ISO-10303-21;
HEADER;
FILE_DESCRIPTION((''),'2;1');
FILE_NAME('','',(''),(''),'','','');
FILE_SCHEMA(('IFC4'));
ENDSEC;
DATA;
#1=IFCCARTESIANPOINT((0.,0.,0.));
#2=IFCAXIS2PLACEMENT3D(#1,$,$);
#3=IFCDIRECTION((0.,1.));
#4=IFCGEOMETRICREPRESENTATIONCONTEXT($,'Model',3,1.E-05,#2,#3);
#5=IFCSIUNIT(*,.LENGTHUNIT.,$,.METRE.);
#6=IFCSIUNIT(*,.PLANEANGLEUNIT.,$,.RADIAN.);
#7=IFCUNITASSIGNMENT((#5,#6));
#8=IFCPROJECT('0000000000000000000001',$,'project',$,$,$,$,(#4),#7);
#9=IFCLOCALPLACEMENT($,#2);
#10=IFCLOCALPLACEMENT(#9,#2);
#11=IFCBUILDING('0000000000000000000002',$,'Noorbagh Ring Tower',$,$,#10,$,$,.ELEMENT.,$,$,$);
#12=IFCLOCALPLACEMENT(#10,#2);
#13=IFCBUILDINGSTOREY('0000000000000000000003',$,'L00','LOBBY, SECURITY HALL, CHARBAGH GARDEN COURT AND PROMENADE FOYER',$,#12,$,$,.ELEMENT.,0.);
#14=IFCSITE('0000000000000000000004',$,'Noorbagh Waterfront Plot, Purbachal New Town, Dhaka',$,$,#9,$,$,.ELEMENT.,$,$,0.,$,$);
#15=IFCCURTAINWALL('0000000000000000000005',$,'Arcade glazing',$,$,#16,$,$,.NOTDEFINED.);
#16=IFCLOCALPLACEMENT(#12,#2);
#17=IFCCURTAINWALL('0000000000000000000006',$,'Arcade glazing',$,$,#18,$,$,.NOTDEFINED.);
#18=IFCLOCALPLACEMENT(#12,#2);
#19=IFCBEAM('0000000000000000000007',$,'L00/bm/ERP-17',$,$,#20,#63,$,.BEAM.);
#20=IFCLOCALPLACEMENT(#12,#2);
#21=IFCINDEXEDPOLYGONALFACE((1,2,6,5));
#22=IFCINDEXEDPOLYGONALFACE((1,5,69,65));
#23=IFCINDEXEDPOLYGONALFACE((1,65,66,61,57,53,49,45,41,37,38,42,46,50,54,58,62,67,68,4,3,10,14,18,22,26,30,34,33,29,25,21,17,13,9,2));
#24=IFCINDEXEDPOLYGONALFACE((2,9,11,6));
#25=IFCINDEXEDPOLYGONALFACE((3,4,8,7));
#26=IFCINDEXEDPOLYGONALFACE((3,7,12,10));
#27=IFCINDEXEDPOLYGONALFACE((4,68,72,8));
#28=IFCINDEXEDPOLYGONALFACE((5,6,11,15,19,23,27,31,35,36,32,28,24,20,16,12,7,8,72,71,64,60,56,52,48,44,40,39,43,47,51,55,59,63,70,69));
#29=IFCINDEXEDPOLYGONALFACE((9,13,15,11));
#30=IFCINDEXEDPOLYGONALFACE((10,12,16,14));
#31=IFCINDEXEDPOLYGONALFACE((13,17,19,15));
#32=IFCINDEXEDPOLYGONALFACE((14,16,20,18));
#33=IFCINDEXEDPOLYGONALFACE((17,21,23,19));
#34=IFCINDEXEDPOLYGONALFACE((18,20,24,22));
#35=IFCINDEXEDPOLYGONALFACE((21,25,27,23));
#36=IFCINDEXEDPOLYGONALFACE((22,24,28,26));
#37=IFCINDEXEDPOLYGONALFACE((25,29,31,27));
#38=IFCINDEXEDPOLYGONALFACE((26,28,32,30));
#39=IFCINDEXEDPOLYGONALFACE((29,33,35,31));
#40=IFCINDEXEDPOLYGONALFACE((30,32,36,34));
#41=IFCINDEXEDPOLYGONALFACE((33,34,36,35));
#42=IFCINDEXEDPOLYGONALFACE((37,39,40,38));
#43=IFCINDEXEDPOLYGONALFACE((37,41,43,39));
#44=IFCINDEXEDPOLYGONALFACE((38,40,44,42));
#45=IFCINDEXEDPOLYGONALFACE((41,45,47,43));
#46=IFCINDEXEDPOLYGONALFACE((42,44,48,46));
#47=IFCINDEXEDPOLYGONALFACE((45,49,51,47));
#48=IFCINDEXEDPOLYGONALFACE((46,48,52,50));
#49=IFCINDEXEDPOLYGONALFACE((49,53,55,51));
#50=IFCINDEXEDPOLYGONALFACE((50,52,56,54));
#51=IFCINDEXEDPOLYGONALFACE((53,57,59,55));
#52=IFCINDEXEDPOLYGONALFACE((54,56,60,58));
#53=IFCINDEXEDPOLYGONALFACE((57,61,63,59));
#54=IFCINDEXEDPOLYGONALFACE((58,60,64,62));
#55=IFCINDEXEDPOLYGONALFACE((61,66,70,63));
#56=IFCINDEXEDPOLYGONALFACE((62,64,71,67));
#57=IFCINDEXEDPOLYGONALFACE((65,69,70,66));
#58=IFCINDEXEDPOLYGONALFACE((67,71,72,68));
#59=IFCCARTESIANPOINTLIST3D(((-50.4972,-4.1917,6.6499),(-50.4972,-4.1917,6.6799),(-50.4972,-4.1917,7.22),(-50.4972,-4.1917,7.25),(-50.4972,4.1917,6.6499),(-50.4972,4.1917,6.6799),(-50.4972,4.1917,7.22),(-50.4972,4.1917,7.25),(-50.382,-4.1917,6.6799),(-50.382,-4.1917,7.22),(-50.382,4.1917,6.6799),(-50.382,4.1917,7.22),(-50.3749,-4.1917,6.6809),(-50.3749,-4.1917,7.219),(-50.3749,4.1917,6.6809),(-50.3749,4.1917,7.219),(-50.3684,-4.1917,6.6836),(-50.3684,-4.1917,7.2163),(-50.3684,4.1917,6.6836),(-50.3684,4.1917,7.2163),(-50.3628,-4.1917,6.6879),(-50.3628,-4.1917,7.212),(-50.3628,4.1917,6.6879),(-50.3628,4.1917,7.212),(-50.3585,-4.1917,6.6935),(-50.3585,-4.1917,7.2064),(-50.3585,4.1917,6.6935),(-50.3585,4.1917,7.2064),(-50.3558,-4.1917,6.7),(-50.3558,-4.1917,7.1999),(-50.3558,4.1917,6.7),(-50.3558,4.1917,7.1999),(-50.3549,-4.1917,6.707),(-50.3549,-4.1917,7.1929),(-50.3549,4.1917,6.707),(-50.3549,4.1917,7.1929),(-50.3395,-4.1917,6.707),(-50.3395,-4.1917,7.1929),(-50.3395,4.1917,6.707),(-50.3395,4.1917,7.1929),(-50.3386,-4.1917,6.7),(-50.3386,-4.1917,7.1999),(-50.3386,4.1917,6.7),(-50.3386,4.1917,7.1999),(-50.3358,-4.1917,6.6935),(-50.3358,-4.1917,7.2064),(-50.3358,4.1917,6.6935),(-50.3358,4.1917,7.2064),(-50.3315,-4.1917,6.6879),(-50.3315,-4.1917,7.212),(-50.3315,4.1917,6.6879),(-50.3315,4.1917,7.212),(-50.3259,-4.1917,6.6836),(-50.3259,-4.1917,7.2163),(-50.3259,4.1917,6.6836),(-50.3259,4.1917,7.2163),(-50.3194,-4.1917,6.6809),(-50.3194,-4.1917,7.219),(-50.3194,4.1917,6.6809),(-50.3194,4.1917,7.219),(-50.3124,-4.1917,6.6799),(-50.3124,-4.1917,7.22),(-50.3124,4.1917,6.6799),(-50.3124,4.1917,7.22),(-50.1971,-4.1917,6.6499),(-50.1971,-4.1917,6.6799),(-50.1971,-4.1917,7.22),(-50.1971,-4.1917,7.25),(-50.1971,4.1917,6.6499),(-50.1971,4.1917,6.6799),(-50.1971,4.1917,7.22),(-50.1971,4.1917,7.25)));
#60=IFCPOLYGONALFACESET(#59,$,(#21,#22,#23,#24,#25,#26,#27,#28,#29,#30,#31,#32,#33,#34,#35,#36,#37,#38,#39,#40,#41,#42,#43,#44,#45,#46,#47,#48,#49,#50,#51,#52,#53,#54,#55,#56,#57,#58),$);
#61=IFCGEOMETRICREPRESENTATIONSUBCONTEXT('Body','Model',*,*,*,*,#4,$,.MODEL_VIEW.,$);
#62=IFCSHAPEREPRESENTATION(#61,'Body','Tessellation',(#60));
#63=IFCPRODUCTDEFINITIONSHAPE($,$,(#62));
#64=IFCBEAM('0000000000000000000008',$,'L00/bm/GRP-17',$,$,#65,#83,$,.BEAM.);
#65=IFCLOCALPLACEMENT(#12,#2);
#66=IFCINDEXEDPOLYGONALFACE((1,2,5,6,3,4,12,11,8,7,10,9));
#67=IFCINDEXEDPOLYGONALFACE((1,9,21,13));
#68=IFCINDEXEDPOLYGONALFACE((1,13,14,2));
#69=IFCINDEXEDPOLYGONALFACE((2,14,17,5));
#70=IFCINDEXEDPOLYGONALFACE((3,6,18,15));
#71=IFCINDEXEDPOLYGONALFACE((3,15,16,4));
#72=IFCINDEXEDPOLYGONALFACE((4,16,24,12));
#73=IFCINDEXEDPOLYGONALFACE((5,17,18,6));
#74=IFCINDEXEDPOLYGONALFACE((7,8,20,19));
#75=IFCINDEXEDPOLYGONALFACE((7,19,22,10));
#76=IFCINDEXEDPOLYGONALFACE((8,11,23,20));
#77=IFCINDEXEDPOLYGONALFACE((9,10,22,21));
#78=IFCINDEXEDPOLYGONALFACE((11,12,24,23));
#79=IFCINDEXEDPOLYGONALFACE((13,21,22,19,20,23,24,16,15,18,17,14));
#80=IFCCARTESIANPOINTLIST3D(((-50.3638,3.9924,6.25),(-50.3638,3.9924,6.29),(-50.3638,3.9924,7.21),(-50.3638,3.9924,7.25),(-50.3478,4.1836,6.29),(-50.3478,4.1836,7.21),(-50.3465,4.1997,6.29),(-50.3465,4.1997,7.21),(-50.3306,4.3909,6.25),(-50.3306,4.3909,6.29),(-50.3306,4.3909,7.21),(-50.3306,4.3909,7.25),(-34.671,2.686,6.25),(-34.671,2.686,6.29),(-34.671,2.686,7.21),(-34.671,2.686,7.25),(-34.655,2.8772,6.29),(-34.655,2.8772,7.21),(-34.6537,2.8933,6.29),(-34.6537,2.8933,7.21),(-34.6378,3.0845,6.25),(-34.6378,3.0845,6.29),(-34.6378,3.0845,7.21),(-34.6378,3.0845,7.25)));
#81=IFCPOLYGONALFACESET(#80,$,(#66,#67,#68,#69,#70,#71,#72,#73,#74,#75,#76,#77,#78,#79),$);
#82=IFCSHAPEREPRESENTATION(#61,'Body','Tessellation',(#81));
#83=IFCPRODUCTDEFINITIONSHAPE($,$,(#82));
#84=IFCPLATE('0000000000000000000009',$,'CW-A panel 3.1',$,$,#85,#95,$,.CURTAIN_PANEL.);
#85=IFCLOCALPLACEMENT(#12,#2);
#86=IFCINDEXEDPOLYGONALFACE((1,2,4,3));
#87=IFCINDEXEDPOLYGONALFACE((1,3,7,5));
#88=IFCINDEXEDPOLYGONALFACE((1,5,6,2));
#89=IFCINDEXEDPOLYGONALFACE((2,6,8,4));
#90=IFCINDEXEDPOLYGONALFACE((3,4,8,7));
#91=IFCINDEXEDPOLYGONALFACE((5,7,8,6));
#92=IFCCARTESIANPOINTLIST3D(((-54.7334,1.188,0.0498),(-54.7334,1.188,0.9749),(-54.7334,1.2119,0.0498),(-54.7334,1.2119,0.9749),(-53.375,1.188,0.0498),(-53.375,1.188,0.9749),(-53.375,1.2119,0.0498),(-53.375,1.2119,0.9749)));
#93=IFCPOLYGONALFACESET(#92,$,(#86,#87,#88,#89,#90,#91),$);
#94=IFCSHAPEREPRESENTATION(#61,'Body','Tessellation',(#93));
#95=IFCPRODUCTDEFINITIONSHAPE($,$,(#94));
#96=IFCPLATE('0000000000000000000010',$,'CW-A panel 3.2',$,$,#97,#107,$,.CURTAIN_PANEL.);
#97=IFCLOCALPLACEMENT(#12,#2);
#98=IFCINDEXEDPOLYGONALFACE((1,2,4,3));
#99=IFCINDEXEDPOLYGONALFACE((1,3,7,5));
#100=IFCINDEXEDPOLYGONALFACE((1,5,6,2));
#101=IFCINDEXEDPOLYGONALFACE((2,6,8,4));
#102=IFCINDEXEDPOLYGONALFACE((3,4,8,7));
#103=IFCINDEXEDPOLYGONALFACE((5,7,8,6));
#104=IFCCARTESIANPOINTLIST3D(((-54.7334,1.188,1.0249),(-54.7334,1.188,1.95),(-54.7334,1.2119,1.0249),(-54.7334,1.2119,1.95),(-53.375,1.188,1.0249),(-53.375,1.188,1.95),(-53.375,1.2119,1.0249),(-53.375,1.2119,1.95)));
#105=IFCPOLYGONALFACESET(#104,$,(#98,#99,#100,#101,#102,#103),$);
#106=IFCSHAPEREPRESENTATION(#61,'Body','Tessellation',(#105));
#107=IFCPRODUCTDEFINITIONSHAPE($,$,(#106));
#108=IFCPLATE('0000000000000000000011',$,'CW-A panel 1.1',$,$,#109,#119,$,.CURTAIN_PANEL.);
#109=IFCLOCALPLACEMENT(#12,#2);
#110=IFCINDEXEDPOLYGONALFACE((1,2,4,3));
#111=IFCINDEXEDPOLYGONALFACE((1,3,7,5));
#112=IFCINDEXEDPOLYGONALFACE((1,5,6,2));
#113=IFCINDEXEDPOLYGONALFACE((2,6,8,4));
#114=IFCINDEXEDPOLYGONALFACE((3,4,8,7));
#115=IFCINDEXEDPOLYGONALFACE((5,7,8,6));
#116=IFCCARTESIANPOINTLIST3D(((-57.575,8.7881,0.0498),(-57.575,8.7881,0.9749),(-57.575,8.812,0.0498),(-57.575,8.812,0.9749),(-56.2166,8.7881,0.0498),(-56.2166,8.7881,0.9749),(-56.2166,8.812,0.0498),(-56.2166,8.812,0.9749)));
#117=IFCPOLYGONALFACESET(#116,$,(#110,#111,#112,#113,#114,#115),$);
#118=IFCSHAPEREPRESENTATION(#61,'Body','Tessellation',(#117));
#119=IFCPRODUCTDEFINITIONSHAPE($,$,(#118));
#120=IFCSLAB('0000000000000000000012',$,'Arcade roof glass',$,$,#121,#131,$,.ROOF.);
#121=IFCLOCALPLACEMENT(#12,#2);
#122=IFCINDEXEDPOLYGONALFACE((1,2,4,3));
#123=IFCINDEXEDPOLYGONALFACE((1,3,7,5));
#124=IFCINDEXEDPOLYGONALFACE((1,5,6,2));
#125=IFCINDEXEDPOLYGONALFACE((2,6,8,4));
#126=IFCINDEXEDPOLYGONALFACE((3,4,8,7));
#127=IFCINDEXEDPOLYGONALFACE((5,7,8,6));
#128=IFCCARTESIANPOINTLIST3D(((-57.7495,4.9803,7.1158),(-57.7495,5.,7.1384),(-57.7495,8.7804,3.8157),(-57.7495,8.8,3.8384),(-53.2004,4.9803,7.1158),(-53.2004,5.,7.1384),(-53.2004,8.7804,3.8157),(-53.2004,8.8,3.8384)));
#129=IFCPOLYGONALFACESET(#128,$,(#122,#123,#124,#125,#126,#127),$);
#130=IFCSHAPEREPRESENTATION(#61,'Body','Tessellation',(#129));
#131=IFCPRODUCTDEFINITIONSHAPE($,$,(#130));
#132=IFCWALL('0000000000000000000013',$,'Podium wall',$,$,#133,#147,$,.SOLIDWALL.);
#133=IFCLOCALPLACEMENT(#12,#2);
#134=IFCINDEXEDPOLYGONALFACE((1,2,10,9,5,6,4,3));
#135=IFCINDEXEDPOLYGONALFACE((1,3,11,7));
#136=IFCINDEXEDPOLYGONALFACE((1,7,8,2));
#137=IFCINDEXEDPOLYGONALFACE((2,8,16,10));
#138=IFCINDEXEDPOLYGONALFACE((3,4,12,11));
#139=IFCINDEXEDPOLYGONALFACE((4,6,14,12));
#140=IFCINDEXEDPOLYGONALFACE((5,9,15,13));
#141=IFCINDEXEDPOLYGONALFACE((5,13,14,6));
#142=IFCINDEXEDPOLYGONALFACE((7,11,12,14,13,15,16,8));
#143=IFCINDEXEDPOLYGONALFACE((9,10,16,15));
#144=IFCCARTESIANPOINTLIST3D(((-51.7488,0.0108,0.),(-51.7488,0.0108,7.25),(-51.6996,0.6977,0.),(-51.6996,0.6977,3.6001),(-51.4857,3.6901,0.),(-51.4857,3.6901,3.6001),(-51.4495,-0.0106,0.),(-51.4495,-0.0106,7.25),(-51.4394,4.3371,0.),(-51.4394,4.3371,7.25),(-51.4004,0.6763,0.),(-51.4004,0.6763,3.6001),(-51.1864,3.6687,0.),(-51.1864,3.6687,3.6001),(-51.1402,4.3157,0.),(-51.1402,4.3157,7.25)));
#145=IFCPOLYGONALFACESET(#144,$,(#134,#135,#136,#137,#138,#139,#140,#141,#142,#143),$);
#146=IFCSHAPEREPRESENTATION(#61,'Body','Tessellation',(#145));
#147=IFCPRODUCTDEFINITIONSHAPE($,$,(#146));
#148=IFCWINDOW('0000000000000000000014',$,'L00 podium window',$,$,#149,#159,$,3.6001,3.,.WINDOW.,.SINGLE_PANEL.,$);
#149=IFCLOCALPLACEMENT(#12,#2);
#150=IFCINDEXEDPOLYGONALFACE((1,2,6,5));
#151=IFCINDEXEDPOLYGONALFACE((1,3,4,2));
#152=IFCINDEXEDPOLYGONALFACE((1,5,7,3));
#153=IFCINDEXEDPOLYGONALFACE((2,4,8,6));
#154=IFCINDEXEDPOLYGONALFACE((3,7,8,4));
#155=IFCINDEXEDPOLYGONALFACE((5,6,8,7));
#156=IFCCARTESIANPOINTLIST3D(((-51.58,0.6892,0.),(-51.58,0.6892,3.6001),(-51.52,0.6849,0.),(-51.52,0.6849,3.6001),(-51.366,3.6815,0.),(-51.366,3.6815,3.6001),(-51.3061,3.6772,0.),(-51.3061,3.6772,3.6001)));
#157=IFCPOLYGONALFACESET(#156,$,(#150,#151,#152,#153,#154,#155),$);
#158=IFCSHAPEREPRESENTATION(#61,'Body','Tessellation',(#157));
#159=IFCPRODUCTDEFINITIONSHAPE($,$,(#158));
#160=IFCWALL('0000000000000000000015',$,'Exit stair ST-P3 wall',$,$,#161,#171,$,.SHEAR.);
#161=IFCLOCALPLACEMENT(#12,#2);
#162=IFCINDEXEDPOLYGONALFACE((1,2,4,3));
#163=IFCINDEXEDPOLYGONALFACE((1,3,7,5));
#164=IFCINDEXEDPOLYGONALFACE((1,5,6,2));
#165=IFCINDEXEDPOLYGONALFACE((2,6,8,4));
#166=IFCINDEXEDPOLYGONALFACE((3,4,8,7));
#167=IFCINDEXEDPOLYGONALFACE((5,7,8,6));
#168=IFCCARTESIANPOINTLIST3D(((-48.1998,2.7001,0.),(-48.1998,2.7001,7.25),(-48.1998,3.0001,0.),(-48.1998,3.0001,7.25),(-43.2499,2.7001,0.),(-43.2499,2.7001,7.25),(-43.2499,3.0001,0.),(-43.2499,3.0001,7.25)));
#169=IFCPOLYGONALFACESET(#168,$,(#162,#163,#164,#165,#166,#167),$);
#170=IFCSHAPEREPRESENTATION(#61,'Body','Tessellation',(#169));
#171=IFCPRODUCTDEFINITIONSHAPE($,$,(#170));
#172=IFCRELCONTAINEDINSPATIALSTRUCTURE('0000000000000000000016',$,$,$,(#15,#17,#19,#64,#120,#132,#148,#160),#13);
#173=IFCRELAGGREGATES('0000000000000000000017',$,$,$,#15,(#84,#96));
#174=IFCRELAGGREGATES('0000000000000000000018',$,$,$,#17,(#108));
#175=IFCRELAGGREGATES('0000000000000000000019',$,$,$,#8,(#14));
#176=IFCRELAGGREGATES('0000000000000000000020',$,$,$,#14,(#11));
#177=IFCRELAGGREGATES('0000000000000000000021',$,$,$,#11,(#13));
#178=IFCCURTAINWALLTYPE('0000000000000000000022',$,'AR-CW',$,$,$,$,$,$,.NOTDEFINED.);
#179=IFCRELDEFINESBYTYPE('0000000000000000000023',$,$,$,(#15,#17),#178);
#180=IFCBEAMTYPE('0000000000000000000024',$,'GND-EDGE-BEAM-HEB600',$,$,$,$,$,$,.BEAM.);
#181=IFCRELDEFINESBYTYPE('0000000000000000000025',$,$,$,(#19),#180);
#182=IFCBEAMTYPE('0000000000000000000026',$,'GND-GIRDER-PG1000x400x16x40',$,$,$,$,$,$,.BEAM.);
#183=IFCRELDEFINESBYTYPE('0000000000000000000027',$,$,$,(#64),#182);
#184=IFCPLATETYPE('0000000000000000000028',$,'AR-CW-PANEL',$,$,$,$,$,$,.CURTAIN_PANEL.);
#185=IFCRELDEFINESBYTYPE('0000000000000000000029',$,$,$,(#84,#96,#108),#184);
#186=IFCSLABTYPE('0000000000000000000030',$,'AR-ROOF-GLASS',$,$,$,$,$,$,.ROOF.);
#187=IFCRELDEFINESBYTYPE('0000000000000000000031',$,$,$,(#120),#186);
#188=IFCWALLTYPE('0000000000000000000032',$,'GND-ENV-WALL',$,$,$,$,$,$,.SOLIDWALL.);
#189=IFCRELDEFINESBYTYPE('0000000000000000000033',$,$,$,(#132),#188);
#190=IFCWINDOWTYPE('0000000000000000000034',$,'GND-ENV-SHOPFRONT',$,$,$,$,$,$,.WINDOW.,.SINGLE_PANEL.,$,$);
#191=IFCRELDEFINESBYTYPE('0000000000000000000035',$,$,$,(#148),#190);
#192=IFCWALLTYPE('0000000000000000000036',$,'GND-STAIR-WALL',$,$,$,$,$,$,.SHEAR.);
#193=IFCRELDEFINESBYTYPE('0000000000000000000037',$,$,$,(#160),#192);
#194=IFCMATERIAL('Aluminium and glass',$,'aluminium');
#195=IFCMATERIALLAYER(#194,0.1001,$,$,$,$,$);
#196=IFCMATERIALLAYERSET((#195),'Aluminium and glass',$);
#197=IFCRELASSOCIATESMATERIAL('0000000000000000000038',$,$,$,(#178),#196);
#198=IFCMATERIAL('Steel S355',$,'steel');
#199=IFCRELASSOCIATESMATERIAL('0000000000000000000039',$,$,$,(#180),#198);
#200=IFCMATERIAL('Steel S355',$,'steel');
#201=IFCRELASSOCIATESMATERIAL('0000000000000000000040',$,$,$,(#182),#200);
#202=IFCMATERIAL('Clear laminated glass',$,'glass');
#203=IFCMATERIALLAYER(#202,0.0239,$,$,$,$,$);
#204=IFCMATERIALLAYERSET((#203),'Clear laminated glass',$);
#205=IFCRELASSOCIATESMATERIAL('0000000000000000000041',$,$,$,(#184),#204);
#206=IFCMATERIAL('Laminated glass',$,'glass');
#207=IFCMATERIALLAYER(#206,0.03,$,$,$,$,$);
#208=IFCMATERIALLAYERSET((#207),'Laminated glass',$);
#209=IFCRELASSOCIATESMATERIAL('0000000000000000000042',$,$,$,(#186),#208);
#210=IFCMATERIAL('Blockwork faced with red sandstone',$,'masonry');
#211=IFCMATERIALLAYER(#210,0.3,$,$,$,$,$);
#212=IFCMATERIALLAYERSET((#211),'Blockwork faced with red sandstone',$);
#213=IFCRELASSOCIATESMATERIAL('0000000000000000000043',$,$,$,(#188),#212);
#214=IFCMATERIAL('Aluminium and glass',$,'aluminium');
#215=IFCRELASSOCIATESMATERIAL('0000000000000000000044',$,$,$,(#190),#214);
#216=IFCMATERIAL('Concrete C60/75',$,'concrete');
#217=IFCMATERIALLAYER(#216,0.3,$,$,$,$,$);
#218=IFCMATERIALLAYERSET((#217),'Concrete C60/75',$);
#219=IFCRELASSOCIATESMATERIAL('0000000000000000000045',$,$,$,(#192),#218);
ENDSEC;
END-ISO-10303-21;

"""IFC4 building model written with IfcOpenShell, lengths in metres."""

from ifc_helpers import new_model, si_unit, direction, frame, frame_2d, origin, origin_2d, place, context, subcontext, project, spatial, polyline, rectangle, i_section, outline, extrude, material, layer, layer_set, material_profile, profile_set, type_object, element, fill, aggregate, save


model = new_model("IFC4")

# Units and contexts
model_context = context("Model", 3, precision=1e-05, world=origin(), true_north=direction((0.0, 1.0)))
body_context = subcontext(model_context, "Body", "Model", "MODEL_VIEW")
ifc_project = project(units=[si_unit("LENGTHUNIT", "METRE"), si_unit("PLANEANGLEUNIT", "RADIAN")], contexts=[model_context])

# Site, building, storey
site_placement = place(None, origin())
site = spatial("IfcSite", under=ifc_project, at=site_placement, Name="Noorbagh Waterfront Plot, Purbachal New Town, Dhaka", CompositionType="ELEMENT", RefElevation=0.0)
building_placement = place(site_placement, origin())
building = spatial("IfcBuilding", under=site, at=building_placement, Name="Noorbagh Ring Tower", CompositionType="ELEMENT")
storey_placement = place(building_placement, origin())
storey = spatial("IfcBuildingStorey", under=building, at=storey_placement, Name="L00", Description="LOBBY, SECURITY HALL, CHARBAGH GARDEN COURT AND PROMENADE FOYER", CompositionType="ELEMENT", Elevation=0.0)

# Curtain wall
ifc_material_1 = material(Name="Aluminium and glass", Category="aluminium")
ifc_layer_1 = layer(ifc_material_1, 0.1001)
ifc_layer_set_1 = layer_set([ifc_layer_1], Name="Aluminium and glass")
curtain_wall_type = type_object("IfcCurtainWallType", Name="AR-CW", PredefinedType="NOTDEFINED", material=ifc_layer_set_1)
curtain_wall_1_placement = place(storey_placement, origin())
curtain_wall_1 = element("IfcCurtainWall", 1, at=curtain_wall_1_placement, inside=storey, type_object=curtain_wall_type, Name="Arcade glazing", PredefinedType="NOTDEFINED")

# Curtain wall
curtain_wall_2_placement = place(storey_placement, origin())
curtain_wall_2 = element("IfcCurtainWall", 2, at=curtain_wall_2_placement, inside=storey, type_object=curtain_wall_type, Name="Arcade glazing", PredefinedType="NOTDEFINED")

# Beams
ifc_material_2 = material(Name="Steel S355", Category="steel")
ifc_material_profile_1 = material_profile(ifc_material_2, i_section(OverallWidth=0.3, OverallDepth=0.6001, WebThickness=0.0154, FlangeThickness=0.03, FilletRadius=0.0271, at=origin_2d()), Name="HEB600")
ifc_profile_set_1 = profile_set([ifc_material_profile_1], Name="Steel S355")
beam_type_1 = type_object("IfcBeamType", Name="GND-EDGE-BEAM-HEB600", PredefinedType="BEAM", material=ifc_profile_set_1)
beam_1_placement = place(storey_placement, frame((-50.3472, 4.1917, 6.95), z_axis=(0.0, -1.0, 0.0), x_axis=(1.0, 0.0, 0.0)))
element("IfcBeam", 3, at=beam_1_placement, inside=storey, type_object=beam_type_1, Name="L00/bm/ERP-17", PredefinedType="BEAM", context=body_context, shape_type="SweptSolid", body=[
    extrude(i_section(OverallWidth=0.3, OverallDepth=0.6001, WebThickness=0.0154, FlangeThickness=0.03, FilletRadius=0.0271, at=origin_2d()), origin(), (0.0, 0.0, 1.0), 8.3833),
])
ifc_material_3 = material(Name="Steel S355", Category="steel")
ifc_material_profile_2 = material_profile(ifc_material_3, i_section(OverallWidth=0.3999, OverallDepth=1.0, WebThickness=0.0161, FlangeThickness=0.04, at=origin_2d()), Name="PG1000x400x16x40")
ifc_profile_set_2 = profile_set([ifc_material_profile_2], Name="Steel S355")
beam_type_2 = type_object("IfcBeamType", Name="GND-GIRDER-PG1000x400x16x40", PredefinedType="BEAM", material=ifc_profile_set_2)
beam_2_placement = place(storey_placement, frame((-50.3472, 4.1917, 6.75), z_axis=(0.996553, -0.082961, 0.0), x_axis=(0.082961, 0.996553, 0.0)))
element("IfcBeam", 4, at=beam_2_placement, inside=storey, type_object=beam_type_2, Name="L00/bm/GRP-17", PredefinedType="BEAM", context=body_context, shape_type="SweptSolid", body=[
    extrude(i_section(OverallWidth=0.3999, OverallDepth=1.0, WebThickness=0.0161, FlangeThickness=0.04, at=origin_2d()), origin(), (0.0, 0.0, 1.0), 15.7471),
])

# Plates
ifc_material_4 = material(Name="Clear laminated glass", Category="glass")
ifc_layer_2 = layer(ifc_material_4, 0.0239)
ifc_layer_set_2 = layer_set([ifc_layer_2], Name="Clear laminated glass")
plate_type = type_object("IfcPlateType", Name="AR-CW-PANEL", PredefinedType="CURTAIN_PANEL", material=ifc_layer_set_2)
plate_1_placement = place(storey_placement, frame((-54.0542, 1.2, 0.0498), z_axis=(0.0, 0.0, 1.0), x_axis=(1.0, 0.0, 0.0)))
plate_1 = element("IfcPlate", 5, at=plate_1_placement, type_object=plate_type, Name="CW-A panel 3.1", PredefinedType="CURTAIN_PANEL", context=body_context, shape_type="SweptSolid", body=[
    extrude(rectangle(XDim=1.3584, YDim=0.0239, at=origin_2d()), origin(), (0.0, 0.0, 1.0), 0.925),
])
plate_2_placement = place(storey_placement, frame((-54.0542, 1.2, 1.0249), z_axis=(0.0, 0.0, 1.0), x_axis=(1.0, 0.0, 0.0)))
plate_2 = element("IfcPlate", 6, at=plate_2_placement, type_object=plate_type, Name="CW-A panel 3.2", PredefinedType="CURTAIN_PANEL", context=body_context, shape_type="SweptSolid", body=[
    extrude(rectangle(XDim=1.3584, YDim=0.0239, at=origin_2d()), origin(), (0.0, 0.0, 1.0), 0.925),
])
aggregate(curtain_wall_1, [plate_1, plate_2])
plate_3_placement = place(storey_placement, frame((-56.8958, 8.8, 0.0498), z_axis=(0.0, 0.0, 1.0), x_axis=(1.0, 0.0, 0.0)))
plate_3 = element("IfcPlate", 7, at=plate_3_placement, type_object=plate_type, Name="CW-A panel 1.1", PredefinedType="CURTAIN_PANEL", context=body_context, shape_type="SweptSolid", body=[
    extrude(rectangle(XDim=1.3584, YDim=0.0239, at=origin_2d()), origin(), (0.0, 0.0, 1.0), 0.925),
])
aggregate(curtain_wall_2, [plate_3])

# Slab
ifc_material_5 = material(Name="Laminated glass", Category="glass")
ifc_layer_3 = layer(ifc_material_5, 0.03)
ifc_layer_set_3 = layer_set([ifc_layer_3], Name="Laminated glass")
slab_type = type_object("IfcSlabType", Name="AR-ROOF-GLASS", PredefinedType="ROOF", material=ifc_layer_set_3)
slab_placement = place(storey_placement, frame((-57.7495, 8.8, 3.8384), z_axis=(0.0, 0.655687, 0.755032), x_axis=(1.0, 0.0, 0.0)))
element("IfcSlab", 8, at=slab_placement, inside=storey, type_object=slab_type, Name="Arcade roof glass", PredefinedType="ROOF", context=body_context, shape_type="SweptSolid", body=[
    extrude(outline(polyline([(0.0, 0.0), (4.5491, 0.0), (4.5491, -5.033), (0.0, -5.033), (0.0, 0.0)])), origin(), (0.0, 0.0, -1.0), 0.03),
])

# Shared definitions
ifc_material_6 = material(Name="Blockwork faced with red sandstone", Category="masonry")
ifc_layer_4 = layer(ifc_material_6, 0.3)
ifc_layer_set_4 = layer_set([ifc_layer_4], Name="Blockwork faced with red sandstone")
wall_type_1 = type_object("IfcWallType", Name="GND-ENV-WALL", PredefinedType="SOLIDWALL", material=ifc_layer_set_4)

# Wall, opening, window
wall_1_placement = place(storey_placement, frame((-51.2898, 4.3264, 0.0), z_axis=(0.0, 0.0, 1.0), x_axis=(-0.071315, -0.997454, 0.0)))
wall_1 = element("IfcWall", 9, at=wall_1_placement, inside=storey, type_object=wall_type_1, Name="Podium wall", PredefinedType="SOLIDWALL", context=body_context, shape_type="SweptSolid", body=[
    extrude(rectangle(XDim=4.3374, YDim=0.3, at=frame_2d((2.1687, 0.0))), origin(), (0.0, 0.0, 1.0), 7.25),
])
opening_1_placement = place(wall_1_placement, frame((0.6487, 0.0, 0.0)))
opening_1 = element("IfcOpeningElement", 10, at=opening_1_placement, cuts=wall_1, PredefinedType="OPENING", context=body_context, shape_type="SweptSolid", body=[
    extrude(rectangle(XDim=3.0, YDim=3.6001, at=frame_2d((1.5, 1.8))), frame((0.0, 0.1602, 0.0), z_axis=(0.0, -1.0, 0.0), x_axis=(1.0, 0.0, 0.0)), (0.0, 0.0, 1.0), 0.3201),
])
ifc_material_7 = material(Name="Aluminium and glass", Category="aluminium")
window_type = type_object("IfcWindowType", Name="GND-ENV-SHOPFRONT", PartitioningType="SINGLE_PANEL", PredefinedType="WINDOW", material=ifc_material_7)
window_placement = place(opening_1_placement, origin())
window = element("IfcWindow", 11, at=window_placement, inside=storey, type_object=window_type, Name="L00 podium window", OverallHeight=3.6001, OverallWidth=3.0, PartitioningType="SINGLE_PANEL", PredefinedType="WINDOW", context=body_context, shape_type="SweptSolid", body=[
    extrude(rectangle(XDim=3.0, YDim=3.6001, at=frame_2d((1.5, 1.8))), frame((0.0, 0.03, 0.0), z_axis=(0.0, -1.0, 0.0), x_axis=(1.0, 0.0, 0.0)), (0.0, 0.0, 1.0), 0.0601),
])
fill(opening_1, window)

# Wall
ifc_material_8 = material(Name="Concrete C60/75", Category="concrete")
ifc_layer_5 = layer(ifc_material_8, 0.3)
ifc_layer_set_5 = layer_set([ifc_layer_5], Name="Concrete C60/75")
wall_type_2 = type_object("IfcWallType", Name="GND-STAIR-WALL", PredefinedType="SHEAR", material=ifc_layer_set_5)
wall_2_placement = place(storey_placement, frame((-48.2, 2.8501, 0.0), z_axis=(0.0, 0.0, 1.0), x_axis=(1.0, 0.0, 0.0)))
element("IfcWall", 12, at=wall_2_placement, inside=storey, type_object=wall_type_2, Name="Exit stair ST-P3 wall", PredefinedType="SHEAR", context=body_context, shape_type="SweptSolid", body=[
    extrude(rectangle(XDim=4.95, YDim=0.3, at=frame_2d((2.4751, 0.0))), origin(), (0.0, 0.0, 1.0), 7.25),
])

save(model, "model.ifc")
